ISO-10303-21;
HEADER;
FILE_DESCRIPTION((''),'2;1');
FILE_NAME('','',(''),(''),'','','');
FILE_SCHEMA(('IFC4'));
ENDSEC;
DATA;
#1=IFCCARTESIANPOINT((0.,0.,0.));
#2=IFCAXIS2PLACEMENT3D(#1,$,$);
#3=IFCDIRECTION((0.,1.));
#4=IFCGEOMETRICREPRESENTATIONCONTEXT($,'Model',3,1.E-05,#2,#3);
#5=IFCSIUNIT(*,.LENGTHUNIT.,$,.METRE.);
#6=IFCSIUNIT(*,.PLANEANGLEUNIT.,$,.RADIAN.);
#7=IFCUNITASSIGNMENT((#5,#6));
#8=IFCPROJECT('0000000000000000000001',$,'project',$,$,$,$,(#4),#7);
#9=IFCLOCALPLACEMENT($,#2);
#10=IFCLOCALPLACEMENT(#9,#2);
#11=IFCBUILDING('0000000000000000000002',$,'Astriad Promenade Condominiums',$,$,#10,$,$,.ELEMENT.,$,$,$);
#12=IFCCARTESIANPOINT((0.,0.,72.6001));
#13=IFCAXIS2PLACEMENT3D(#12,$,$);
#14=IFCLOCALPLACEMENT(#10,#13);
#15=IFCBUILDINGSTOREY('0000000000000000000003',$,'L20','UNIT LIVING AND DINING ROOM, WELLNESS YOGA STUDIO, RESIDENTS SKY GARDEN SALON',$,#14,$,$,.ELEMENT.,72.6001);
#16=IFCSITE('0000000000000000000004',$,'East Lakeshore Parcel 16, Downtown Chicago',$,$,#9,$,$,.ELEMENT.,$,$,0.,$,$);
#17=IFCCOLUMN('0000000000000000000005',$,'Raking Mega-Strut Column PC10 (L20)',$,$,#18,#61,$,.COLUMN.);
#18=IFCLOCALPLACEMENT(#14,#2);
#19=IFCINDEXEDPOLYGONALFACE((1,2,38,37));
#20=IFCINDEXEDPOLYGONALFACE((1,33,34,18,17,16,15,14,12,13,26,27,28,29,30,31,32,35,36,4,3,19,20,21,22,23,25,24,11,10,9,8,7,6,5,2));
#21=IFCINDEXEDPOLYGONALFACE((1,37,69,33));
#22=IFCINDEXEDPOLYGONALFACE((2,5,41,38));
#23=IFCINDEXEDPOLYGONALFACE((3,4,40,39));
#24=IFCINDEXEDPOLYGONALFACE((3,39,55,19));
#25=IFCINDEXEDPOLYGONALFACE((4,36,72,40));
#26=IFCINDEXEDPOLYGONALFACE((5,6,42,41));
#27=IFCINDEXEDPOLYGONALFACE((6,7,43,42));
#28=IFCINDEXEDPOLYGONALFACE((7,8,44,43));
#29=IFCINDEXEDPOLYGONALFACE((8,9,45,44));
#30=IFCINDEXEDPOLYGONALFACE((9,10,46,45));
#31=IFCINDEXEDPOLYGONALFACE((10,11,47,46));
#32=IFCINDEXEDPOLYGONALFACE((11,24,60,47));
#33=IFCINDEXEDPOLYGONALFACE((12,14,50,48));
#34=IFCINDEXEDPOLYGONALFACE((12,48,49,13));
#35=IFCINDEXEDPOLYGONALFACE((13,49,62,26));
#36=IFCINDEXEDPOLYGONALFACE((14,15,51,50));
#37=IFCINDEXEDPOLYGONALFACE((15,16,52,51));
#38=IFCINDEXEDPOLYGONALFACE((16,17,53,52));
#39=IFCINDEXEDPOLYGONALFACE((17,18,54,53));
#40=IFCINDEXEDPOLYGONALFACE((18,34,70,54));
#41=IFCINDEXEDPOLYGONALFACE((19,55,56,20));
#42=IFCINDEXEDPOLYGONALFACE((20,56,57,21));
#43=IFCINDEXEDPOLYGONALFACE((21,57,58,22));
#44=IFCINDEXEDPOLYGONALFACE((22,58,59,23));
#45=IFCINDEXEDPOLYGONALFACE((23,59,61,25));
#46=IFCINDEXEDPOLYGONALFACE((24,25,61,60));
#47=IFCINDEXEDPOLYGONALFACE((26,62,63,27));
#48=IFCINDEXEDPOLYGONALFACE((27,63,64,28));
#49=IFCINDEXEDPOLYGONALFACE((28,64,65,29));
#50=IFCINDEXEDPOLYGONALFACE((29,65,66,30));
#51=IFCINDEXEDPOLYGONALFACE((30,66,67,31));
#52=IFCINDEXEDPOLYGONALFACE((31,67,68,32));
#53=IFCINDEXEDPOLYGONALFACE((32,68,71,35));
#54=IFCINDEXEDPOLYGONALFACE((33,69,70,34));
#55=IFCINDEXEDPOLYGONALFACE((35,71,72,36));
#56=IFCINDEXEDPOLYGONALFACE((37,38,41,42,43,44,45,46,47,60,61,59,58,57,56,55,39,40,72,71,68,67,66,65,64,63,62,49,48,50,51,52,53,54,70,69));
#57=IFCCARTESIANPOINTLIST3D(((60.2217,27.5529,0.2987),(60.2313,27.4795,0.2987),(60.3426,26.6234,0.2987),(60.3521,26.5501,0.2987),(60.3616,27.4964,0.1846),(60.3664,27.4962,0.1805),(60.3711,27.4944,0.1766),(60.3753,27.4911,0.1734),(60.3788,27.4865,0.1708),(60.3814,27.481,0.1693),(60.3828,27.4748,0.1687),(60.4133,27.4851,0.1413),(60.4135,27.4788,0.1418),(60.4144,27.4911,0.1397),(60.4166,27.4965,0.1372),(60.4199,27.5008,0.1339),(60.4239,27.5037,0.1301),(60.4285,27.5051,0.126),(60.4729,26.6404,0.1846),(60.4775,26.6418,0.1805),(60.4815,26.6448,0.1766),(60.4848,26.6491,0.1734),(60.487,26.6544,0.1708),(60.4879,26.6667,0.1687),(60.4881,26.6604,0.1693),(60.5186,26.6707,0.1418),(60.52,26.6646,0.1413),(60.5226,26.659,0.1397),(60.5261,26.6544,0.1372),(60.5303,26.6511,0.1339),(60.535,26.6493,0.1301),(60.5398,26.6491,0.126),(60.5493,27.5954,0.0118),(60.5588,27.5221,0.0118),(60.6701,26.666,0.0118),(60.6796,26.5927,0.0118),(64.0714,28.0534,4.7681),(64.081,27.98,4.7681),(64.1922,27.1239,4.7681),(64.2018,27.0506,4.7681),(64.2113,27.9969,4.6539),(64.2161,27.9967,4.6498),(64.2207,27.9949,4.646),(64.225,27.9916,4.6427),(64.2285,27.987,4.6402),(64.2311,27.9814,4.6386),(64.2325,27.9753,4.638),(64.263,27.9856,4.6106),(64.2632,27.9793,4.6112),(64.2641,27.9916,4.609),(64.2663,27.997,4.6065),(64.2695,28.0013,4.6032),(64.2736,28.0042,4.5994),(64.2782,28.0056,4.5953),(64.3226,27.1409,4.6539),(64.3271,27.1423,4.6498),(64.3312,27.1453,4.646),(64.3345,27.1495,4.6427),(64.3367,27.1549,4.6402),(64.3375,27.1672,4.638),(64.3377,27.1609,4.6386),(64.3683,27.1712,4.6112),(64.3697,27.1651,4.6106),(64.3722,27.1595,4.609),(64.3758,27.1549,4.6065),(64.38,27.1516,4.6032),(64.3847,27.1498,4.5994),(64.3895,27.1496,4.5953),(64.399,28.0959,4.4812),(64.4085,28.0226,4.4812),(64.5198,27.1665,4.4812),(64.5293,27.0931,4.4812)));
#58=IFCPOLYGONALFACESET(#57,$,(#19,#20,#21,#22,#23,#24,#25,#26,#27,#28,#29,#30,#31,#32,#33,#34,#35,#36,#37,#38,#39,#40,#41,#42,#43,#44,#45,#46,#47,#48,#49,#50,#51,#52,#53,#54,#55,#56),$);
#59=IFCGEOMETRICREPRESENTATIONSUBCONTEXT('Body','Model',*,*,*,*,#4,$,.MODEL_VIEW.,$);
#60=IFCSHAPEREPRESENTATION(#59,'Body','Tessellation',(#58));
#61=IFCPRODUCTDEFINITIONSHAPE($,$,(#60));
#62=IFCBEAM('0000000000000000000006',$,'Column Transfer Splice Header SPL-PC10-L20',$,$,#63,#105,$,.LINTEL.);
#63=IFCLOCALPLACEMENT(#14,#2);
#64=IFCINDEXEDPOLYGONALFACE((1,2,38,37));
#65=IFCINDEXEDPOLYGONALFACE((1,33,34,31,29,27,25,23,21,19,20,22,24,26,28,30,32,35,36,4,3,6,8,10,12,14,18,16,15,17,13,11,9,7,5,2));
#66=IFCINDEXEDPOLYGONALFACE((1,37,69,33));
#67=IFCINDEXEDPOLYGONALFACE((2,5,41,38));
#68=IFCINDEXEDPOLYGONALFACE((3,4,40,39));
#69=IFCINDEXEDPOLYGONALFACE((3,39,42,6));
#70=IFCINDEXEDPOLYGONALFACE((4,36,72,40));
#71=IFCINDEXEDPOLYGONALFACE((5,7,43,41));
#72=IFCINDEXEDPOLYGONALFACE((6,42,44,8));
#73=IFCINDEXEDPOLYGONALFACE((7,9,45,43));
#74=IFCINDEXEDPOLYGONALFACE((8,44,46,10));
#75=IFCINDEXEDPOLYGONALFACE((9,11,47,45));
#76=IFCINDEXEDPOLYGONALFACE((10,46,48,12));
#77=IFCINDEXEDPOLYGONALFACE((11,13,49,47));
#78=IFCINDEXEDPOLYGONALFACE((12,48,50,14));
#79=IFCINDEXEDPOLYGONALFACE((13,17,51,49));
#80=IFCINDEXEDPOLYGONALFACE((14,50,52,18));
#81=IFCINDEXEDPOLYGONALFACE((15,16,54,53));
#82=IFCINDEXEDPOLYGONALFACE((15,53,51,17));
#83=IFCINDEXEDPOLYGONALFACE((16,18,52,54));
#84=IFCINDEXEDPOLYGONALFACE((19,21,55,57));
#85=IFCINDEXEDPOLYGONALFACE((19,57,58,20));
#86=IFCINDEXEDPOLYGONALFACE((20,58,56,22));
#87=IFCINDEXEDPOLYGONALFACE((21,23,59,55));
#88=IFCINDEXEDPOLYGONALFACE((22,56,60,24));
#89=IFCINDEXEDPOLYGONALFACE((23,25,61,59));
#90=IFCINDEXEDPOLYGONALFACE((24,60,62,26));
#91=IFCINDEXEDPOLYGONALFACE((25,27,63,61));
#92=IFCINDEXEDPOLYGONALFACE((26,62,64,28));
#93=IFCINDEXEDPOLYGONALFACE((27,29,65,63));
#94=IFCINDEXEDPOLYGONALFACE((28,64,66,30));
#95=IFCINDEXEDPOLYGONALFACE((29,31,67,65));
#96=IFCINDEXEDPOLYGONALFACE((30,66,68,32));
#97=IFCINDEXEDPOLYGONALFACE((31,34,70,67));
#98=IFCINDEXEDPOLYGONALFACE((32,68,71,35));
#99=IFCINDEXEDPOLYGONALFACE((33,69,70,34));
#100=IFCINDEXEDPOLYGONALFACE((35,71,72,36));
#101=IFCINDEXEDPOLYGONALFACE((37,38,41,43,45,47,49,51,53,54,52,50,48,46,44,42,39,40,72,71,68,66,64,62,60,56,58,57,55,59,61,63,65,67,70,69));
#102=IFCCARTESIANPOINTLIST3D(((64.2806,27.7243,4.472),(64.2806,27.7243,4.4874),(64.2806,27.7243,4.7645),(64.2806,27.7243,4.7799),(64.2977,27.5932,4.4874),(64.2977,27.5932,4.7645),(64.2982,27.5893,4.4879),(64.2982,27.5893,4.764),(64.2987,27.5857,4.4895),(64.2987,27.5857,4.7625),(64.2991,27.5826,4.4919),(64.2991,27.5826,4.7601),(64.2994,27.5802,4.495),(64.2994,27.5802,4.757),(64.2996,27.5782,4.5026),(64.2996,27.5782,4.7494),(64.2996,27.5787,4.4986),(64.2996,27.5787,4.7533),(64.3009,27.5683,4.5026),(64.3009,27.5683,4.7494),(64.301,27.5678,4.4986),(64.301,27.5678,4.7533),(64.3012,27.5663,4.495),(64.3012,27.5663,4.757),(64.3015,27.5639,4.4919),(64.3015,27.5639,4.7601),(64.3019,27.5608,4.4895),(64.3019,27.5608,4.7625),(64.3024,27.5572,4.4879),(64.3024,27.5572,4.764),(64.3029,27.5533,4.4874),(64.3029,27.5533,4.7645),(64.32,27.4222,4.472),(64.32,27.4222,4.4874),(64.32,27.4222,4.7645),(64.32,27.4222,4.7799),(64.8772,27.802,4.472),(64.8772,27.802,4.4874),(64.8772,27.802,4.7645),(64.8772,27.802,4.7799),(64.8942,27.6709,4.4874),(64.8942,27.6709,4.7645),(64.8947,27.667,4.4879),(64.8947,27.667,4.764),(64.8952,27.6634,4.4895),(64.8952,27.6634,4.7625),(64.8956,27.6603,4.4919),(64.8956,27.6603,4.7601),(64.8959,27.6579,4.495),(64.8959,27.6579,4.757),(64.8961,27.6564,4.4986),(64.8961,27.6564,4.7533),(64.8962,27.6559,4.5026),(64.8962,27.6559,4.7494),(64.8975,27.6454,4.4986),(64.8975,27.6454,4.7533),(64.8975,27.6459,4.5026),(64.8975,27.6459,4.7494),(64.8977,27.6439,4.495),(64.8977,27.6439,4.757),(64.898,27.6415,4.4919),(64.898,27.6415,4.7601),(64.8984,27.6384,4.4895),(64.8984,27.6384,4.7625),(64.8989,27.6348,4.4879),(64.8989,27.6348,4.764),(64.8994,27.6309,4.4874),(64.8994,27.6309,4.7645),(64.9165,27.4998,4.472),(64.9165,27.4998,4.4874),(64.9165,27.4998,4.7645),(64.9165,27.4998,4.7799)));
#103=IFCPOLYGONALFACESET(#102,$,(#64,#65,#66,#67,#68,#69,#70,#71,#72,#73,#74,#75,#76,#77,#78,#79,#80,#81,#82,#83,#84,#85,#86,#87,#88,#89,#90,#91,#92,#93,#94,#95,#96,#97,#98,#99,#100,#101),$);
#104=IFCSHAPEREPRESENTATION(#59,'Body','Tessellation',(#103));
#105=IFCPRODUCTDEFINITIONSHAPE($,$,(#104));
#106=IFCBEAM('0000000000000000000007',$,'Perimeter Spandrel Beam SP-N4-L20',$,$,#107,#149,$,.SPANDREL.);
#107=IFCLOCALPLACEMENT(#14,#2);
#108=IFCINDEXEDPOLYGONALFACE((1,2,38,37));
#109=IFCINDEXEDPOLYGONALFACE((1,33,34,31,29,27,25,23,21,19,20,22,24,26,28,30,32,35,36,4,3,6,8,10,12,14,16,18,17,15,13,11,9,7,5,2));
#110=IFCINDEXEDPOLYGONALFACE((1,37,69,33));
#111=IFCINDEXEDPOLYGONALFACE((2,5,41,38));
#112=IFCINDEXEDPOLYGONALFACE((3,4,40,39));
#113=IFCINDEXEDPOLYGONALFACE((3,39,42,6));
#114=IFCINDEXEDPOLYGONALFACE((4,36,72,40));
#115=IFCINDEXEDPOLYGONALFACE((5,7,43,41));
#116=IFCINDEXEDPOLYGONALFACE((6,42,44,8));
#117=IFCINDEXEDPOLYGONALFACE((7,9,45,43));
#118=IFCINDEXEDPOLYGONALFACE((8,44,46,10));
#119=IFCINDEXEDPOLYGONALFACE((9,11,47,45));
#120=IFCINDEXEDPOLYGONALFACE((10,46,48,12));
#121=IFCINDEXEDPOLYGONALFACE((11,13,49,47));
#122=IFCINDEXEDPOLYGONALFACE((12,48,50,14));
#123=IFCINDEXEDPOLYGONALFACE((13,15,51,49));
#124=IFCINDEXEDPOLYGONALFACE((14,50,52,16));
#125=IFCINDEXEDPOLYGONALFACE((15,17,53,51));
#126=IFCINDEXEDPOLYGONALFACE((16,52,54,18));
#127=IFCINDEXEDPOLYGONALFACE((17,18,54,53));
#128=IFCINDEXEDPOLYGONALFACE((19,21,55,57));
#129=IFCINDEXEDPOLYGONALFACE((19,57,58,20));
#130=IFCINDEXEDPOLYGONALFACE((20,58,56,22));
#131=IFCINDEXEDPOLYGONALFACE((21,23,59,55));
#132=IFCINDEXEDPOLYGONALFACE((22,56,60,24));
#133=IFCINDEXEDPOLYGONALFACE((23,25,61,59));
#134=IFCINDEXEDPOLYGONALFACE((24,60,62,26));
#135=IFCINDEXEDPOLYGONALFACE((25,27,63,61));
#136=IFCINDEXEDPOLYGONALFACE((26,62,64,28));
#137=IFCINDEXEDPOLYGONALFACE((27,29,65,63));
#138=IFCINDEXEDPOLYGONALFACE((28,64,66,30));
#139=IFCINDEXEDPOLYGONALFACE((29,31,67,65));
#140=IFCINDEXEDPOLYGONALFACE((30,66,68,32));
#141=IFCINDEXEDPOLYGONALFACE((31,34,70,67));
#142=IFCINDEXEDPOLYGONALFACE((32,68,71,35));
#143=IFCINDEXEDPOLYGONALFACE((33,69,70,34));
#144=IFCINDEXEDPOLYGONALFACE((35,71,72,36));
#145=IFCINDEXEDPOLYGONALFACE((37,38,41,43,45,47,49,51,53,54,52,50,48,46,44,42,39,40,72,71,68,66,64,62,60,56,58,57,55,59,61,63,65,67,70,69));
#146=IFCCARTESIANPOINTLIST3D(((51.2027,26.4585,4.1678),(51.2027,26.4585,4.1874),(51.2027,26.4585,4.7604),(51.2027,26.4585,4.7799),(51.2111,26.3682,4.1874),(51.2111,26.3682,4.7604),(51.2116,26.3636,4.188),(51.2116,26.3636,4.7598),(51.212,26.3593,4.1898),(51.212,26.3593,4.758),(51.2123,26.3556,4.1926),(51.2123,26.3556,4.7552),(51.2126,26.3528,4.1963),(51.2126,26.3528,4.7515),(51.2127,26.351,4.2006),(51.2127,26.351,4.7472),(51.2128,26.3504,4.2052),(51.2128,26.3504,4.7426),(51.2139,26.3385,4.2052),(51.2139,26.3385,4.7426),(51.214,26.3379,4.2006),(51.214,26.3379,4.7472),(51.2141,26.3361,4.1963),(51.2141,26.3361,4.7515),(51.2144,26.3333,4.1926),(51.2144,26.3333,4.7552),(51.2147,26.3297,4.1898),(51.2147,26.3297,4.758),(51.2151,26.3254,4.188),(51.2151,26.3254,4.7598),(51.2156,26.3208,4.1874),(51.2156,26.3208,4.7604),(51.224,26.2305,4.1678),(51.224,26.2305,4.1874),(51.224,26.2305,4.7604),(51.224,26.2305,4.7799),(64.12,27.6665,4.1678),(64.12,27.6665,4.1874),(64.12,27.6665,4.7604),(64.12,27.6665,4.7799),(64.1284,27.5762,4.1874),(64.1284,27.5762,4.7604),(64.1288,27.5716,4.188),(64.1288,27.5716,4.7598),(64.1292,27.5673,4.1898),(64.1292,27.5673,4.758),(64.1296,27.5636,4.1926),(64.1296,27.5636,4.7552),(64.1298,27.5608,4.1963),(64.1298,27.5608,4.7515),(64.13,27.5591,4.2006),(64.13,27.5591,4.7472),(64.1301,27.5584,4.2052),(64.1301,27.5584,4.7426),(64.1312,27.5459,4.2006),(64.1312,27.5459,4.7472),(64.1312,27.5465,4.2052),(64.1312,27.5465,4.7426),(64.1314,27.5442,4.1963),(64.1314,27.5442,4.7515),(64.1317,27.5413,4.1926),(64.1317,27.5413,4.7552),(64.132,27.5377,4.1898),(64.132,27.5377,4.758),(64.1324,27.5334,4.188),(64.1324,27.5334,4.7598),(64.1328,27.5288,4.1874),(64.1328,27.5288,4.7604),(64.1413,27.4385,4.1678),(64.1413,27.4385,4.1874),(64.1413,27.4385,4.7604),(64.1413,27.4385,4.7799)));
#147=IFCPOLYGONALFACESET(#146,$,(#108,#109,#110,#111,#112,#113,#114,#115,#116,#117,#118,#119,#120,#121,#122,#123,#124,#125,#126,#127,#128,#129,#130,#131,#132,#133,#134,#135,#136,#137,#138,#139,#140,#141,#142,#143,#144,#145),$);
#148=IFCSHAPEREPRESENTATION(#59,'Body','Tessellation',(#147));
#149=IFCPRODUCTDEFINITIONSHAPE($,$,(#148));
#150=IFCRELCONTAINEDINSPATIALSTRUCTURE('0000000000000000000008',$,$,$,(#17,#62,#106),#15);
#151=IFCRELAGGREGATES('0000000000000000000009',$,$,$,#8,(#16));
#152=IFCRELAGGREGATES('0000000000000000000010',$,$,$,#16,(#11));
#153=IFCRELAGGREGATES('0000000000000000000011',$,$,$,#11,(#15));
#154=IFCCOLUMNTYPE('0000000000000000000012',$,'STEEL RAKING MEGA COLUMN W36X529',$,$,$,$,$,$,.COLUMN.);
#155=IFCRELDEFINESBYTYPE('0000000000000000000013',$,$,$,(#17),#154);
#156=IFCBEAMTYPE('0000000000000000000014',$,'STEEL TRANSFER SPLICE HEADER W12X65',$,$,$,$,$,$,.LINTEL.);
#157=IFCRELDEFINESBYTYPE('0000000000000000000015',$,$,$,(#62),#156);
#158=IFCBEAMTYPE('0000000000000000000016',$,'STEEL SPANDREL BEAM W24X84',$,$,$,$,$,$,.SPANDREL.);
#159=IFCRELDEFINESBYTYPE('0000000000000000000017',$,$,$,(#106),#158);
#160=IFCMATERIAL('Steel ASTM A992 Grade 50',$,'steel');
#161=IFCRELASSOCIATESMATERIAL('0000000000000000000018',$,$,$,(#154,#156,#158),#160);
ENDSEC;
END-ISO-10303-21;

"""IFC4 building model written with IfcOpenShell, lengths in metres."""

from ifc_helpers import new_model, si_unit, direction, frame, origin, origin_2d, place, context, subcontext, project, spatial, i_section, extrude, source, transform, mapped, material, material_profile, profile_set, type_object, type_shapes, element, save


model = new_model("IFC4")

# Units and contexts
model_context = context("Model", 3, precision=1e-05, world=origin(), true_north=direction((0.0, 1.0)))
body_context = subcontext(model_context, "Body", "Model", "MODEL_VIEW")
ifc_project = project(units=[si_unit("LENGTHUNIT", "METRE"), si_unit("PLANEANGLEUNIT", "RADIAN")], contexts=[model_context])

# Site, building, storey
site_placement = place(None, origin())
site = spatial("IfcSite", under=ifc_project, at=site_placement, Name="East Lakeshore Parcel 16, Downtown Chicago", CompositionType="ELEMENT", RefElevation=0.0)
building_placement = place(site_placement, origin())
building = spatial("IfcBuilding", under=site, at=building_placement, Name="Astriad Promenade Condominiums", CompositionType="ELEMENT")
storey_placement = place(building_placement, frame((0.0, 0.0, 72.6001)))
storey = spatial("IfcBuildingStorey", under=building, at=storey_placement, Name="L20", Description="UNIT LIVING AND DINING ROOM, WELLNESS YOGA STUDIO, RESIDENTS SKY GARDEN SALON", CompositionType="ELEMENT", Elevation=72.6001)

# Column
ifc_material_1 = material(Name="Steel ASTM A992 Grade 50", Category="steel")
ifc_material_profile_1 = material_profile(ifc_material_1, i_section(OverallWidth=0.4375, OverallDepth=1.0112, WebThickness=0.041, FlangeThickness=0.074, FilletRadius=0.0242, at=origin_2d()), Name="W36X529")
ifc_profile_set_1 = profile_set([ifc_material_profile_1], Name="Steel ASTM A992 Grade 50")
column_type = type_object("IfcColumnType", Name="STEEL RAKING MEGA COLUMN W36X529", PredefinedType="COLUMN", material=ifc_profile_set_1)
shared_shape_1 = source(origin(), body_context, "Body", "SweptSolid", [
    extrude(i_section(OverallWidth=0.4375, OverallDepth=1.0112, WebThickness=0.041, FlangeThickness=0.074, FilletRadius=0.0242, at=origin_2d()), origin(), (0.0, 0.0, 1.0), 5.9199),
])
type_shapes(column_type, [shared_shape_1])
column_placement = place(storey_placement, frame((60.4507, 27.0728, 0.1553), z_axis=(0.650293, 0.084545, 0.754964), x_axis=(-0.748663, -0.097334, 0.655766)))
element("IfcColumn", 1, at=column_placement, inside=storey, type_object=column_type, Name="Raking Mega-Strut Column PC10 (L20)", PredefinedType="COLUMN", context=body_context, shape_type="MappedRepresentation", body=[
    mapped(shared_shape_1, transform((0.0, 0.0, 0.0), scale=1.0)),
])

# Beams
ifc_material_profile_2 = material_profile(ifc_material_1, i_section(OverallWidth=0.3047, OverallDepth=0.3079, WebThickness=0.01, FlangeThickness=0.0154, FilletRadius=0.0151, at=origin_2d()), Name="W12X65")
ifc_profile_set_2 = profile_set([ifc_material_profile_2], Name="Steel ASTM A992 Grade 50")
beam_type_1 = type_object("IfcBeamType", Name="STEEL TRANSFER SPLICE HEADER W12X65", PredefinedType="LINTEL", material=ifc_profile_set_2)
shared_shape_2 = source(origin(), body_context, "Body", "SweptSolid", [
    extrude(i_section(OverallWidth=0.3047, OverallDepth=0.3079, WebThickness=0.01, FlangeThickness=0.0154, FilletRadius=0.0151, at=origin_2d()), origin(), (0.0, 0.0, 1.0), 0.6016),
])
type_shapes(beam_type_1, [shared_shape_2])
beam_1_placement = place(storey_placement, frame((64.3003, 27.5732, 4.626), z_axis=(0.991634, 0.129079, 0.0), x_axis=(-0.129079, 0.991634, 0.0)))
element("IfcBeam", 2, at=beam_1_placement, inside=storey, type_object=beam_type_1, Name="Column Transfer Splice Header SPL-PC10-L20", PredefinedType="LINTEL", context=body_context, shape_type="MappedRepresentation", body=[
    mapped(shared_shape_2, transform((0.0, 0.0, 0.0), scale=1.0)),
])
ifc_material_profile_3 = material_profile(ifc_material_1, i_section(OverallWidth=0.229, OverallDepth=0.6121, WebThickness=0.012, FlangeThickness=0.0195, FilletRadius=0.0178, at=origin_2d()), Name="W24X84")
ifc_profile_set_3 = profile_set([ifc_material_profile_3], Name="Steel ASTM A992 Grade 50")
beam_type_2 = type_object("IfcBeamType", Name="STEEL SPANDREL BEAM W24X84", PredefinedType="SPANDREL", material=ifc_profile_set_3)
shared_shape_3 = source(origin(), body_context, "Body", "SweptSolid", [
    extrude(i_section(OverallWidth=0.229, OverallDepth=0.6121, WebThickness=0.012, FlangeThickness=0.0195, FilletRadius=0.0178, at=origin_2d()), origin(), (0.0, 0.0, 1.0), 12.9736),
])
type_shapes(beam_type_2, [shared_shape_3])
beam_2_placement = place(storey_placement, frame((64.1306, 27.5525, 4.4739), z_axis=(-0.995656, -0.093113, 0.0), x_axis=(0.093113, -0.995656, 0.0)))
element("IfcBeam", 3, at=beam_2_placement, inside=storey, type_object=beam_type_2, Name="Perimeter Spandrel Beam SP-N4-L20", PredefinedType="SPANDREL", context=body_context, shape_type="MappedRepresentation", body=[
    mapped(shared_shape_3, transform((0.0, 0.0, 0.0), scale=1.0)),
])

save(model, "model.ifc")
